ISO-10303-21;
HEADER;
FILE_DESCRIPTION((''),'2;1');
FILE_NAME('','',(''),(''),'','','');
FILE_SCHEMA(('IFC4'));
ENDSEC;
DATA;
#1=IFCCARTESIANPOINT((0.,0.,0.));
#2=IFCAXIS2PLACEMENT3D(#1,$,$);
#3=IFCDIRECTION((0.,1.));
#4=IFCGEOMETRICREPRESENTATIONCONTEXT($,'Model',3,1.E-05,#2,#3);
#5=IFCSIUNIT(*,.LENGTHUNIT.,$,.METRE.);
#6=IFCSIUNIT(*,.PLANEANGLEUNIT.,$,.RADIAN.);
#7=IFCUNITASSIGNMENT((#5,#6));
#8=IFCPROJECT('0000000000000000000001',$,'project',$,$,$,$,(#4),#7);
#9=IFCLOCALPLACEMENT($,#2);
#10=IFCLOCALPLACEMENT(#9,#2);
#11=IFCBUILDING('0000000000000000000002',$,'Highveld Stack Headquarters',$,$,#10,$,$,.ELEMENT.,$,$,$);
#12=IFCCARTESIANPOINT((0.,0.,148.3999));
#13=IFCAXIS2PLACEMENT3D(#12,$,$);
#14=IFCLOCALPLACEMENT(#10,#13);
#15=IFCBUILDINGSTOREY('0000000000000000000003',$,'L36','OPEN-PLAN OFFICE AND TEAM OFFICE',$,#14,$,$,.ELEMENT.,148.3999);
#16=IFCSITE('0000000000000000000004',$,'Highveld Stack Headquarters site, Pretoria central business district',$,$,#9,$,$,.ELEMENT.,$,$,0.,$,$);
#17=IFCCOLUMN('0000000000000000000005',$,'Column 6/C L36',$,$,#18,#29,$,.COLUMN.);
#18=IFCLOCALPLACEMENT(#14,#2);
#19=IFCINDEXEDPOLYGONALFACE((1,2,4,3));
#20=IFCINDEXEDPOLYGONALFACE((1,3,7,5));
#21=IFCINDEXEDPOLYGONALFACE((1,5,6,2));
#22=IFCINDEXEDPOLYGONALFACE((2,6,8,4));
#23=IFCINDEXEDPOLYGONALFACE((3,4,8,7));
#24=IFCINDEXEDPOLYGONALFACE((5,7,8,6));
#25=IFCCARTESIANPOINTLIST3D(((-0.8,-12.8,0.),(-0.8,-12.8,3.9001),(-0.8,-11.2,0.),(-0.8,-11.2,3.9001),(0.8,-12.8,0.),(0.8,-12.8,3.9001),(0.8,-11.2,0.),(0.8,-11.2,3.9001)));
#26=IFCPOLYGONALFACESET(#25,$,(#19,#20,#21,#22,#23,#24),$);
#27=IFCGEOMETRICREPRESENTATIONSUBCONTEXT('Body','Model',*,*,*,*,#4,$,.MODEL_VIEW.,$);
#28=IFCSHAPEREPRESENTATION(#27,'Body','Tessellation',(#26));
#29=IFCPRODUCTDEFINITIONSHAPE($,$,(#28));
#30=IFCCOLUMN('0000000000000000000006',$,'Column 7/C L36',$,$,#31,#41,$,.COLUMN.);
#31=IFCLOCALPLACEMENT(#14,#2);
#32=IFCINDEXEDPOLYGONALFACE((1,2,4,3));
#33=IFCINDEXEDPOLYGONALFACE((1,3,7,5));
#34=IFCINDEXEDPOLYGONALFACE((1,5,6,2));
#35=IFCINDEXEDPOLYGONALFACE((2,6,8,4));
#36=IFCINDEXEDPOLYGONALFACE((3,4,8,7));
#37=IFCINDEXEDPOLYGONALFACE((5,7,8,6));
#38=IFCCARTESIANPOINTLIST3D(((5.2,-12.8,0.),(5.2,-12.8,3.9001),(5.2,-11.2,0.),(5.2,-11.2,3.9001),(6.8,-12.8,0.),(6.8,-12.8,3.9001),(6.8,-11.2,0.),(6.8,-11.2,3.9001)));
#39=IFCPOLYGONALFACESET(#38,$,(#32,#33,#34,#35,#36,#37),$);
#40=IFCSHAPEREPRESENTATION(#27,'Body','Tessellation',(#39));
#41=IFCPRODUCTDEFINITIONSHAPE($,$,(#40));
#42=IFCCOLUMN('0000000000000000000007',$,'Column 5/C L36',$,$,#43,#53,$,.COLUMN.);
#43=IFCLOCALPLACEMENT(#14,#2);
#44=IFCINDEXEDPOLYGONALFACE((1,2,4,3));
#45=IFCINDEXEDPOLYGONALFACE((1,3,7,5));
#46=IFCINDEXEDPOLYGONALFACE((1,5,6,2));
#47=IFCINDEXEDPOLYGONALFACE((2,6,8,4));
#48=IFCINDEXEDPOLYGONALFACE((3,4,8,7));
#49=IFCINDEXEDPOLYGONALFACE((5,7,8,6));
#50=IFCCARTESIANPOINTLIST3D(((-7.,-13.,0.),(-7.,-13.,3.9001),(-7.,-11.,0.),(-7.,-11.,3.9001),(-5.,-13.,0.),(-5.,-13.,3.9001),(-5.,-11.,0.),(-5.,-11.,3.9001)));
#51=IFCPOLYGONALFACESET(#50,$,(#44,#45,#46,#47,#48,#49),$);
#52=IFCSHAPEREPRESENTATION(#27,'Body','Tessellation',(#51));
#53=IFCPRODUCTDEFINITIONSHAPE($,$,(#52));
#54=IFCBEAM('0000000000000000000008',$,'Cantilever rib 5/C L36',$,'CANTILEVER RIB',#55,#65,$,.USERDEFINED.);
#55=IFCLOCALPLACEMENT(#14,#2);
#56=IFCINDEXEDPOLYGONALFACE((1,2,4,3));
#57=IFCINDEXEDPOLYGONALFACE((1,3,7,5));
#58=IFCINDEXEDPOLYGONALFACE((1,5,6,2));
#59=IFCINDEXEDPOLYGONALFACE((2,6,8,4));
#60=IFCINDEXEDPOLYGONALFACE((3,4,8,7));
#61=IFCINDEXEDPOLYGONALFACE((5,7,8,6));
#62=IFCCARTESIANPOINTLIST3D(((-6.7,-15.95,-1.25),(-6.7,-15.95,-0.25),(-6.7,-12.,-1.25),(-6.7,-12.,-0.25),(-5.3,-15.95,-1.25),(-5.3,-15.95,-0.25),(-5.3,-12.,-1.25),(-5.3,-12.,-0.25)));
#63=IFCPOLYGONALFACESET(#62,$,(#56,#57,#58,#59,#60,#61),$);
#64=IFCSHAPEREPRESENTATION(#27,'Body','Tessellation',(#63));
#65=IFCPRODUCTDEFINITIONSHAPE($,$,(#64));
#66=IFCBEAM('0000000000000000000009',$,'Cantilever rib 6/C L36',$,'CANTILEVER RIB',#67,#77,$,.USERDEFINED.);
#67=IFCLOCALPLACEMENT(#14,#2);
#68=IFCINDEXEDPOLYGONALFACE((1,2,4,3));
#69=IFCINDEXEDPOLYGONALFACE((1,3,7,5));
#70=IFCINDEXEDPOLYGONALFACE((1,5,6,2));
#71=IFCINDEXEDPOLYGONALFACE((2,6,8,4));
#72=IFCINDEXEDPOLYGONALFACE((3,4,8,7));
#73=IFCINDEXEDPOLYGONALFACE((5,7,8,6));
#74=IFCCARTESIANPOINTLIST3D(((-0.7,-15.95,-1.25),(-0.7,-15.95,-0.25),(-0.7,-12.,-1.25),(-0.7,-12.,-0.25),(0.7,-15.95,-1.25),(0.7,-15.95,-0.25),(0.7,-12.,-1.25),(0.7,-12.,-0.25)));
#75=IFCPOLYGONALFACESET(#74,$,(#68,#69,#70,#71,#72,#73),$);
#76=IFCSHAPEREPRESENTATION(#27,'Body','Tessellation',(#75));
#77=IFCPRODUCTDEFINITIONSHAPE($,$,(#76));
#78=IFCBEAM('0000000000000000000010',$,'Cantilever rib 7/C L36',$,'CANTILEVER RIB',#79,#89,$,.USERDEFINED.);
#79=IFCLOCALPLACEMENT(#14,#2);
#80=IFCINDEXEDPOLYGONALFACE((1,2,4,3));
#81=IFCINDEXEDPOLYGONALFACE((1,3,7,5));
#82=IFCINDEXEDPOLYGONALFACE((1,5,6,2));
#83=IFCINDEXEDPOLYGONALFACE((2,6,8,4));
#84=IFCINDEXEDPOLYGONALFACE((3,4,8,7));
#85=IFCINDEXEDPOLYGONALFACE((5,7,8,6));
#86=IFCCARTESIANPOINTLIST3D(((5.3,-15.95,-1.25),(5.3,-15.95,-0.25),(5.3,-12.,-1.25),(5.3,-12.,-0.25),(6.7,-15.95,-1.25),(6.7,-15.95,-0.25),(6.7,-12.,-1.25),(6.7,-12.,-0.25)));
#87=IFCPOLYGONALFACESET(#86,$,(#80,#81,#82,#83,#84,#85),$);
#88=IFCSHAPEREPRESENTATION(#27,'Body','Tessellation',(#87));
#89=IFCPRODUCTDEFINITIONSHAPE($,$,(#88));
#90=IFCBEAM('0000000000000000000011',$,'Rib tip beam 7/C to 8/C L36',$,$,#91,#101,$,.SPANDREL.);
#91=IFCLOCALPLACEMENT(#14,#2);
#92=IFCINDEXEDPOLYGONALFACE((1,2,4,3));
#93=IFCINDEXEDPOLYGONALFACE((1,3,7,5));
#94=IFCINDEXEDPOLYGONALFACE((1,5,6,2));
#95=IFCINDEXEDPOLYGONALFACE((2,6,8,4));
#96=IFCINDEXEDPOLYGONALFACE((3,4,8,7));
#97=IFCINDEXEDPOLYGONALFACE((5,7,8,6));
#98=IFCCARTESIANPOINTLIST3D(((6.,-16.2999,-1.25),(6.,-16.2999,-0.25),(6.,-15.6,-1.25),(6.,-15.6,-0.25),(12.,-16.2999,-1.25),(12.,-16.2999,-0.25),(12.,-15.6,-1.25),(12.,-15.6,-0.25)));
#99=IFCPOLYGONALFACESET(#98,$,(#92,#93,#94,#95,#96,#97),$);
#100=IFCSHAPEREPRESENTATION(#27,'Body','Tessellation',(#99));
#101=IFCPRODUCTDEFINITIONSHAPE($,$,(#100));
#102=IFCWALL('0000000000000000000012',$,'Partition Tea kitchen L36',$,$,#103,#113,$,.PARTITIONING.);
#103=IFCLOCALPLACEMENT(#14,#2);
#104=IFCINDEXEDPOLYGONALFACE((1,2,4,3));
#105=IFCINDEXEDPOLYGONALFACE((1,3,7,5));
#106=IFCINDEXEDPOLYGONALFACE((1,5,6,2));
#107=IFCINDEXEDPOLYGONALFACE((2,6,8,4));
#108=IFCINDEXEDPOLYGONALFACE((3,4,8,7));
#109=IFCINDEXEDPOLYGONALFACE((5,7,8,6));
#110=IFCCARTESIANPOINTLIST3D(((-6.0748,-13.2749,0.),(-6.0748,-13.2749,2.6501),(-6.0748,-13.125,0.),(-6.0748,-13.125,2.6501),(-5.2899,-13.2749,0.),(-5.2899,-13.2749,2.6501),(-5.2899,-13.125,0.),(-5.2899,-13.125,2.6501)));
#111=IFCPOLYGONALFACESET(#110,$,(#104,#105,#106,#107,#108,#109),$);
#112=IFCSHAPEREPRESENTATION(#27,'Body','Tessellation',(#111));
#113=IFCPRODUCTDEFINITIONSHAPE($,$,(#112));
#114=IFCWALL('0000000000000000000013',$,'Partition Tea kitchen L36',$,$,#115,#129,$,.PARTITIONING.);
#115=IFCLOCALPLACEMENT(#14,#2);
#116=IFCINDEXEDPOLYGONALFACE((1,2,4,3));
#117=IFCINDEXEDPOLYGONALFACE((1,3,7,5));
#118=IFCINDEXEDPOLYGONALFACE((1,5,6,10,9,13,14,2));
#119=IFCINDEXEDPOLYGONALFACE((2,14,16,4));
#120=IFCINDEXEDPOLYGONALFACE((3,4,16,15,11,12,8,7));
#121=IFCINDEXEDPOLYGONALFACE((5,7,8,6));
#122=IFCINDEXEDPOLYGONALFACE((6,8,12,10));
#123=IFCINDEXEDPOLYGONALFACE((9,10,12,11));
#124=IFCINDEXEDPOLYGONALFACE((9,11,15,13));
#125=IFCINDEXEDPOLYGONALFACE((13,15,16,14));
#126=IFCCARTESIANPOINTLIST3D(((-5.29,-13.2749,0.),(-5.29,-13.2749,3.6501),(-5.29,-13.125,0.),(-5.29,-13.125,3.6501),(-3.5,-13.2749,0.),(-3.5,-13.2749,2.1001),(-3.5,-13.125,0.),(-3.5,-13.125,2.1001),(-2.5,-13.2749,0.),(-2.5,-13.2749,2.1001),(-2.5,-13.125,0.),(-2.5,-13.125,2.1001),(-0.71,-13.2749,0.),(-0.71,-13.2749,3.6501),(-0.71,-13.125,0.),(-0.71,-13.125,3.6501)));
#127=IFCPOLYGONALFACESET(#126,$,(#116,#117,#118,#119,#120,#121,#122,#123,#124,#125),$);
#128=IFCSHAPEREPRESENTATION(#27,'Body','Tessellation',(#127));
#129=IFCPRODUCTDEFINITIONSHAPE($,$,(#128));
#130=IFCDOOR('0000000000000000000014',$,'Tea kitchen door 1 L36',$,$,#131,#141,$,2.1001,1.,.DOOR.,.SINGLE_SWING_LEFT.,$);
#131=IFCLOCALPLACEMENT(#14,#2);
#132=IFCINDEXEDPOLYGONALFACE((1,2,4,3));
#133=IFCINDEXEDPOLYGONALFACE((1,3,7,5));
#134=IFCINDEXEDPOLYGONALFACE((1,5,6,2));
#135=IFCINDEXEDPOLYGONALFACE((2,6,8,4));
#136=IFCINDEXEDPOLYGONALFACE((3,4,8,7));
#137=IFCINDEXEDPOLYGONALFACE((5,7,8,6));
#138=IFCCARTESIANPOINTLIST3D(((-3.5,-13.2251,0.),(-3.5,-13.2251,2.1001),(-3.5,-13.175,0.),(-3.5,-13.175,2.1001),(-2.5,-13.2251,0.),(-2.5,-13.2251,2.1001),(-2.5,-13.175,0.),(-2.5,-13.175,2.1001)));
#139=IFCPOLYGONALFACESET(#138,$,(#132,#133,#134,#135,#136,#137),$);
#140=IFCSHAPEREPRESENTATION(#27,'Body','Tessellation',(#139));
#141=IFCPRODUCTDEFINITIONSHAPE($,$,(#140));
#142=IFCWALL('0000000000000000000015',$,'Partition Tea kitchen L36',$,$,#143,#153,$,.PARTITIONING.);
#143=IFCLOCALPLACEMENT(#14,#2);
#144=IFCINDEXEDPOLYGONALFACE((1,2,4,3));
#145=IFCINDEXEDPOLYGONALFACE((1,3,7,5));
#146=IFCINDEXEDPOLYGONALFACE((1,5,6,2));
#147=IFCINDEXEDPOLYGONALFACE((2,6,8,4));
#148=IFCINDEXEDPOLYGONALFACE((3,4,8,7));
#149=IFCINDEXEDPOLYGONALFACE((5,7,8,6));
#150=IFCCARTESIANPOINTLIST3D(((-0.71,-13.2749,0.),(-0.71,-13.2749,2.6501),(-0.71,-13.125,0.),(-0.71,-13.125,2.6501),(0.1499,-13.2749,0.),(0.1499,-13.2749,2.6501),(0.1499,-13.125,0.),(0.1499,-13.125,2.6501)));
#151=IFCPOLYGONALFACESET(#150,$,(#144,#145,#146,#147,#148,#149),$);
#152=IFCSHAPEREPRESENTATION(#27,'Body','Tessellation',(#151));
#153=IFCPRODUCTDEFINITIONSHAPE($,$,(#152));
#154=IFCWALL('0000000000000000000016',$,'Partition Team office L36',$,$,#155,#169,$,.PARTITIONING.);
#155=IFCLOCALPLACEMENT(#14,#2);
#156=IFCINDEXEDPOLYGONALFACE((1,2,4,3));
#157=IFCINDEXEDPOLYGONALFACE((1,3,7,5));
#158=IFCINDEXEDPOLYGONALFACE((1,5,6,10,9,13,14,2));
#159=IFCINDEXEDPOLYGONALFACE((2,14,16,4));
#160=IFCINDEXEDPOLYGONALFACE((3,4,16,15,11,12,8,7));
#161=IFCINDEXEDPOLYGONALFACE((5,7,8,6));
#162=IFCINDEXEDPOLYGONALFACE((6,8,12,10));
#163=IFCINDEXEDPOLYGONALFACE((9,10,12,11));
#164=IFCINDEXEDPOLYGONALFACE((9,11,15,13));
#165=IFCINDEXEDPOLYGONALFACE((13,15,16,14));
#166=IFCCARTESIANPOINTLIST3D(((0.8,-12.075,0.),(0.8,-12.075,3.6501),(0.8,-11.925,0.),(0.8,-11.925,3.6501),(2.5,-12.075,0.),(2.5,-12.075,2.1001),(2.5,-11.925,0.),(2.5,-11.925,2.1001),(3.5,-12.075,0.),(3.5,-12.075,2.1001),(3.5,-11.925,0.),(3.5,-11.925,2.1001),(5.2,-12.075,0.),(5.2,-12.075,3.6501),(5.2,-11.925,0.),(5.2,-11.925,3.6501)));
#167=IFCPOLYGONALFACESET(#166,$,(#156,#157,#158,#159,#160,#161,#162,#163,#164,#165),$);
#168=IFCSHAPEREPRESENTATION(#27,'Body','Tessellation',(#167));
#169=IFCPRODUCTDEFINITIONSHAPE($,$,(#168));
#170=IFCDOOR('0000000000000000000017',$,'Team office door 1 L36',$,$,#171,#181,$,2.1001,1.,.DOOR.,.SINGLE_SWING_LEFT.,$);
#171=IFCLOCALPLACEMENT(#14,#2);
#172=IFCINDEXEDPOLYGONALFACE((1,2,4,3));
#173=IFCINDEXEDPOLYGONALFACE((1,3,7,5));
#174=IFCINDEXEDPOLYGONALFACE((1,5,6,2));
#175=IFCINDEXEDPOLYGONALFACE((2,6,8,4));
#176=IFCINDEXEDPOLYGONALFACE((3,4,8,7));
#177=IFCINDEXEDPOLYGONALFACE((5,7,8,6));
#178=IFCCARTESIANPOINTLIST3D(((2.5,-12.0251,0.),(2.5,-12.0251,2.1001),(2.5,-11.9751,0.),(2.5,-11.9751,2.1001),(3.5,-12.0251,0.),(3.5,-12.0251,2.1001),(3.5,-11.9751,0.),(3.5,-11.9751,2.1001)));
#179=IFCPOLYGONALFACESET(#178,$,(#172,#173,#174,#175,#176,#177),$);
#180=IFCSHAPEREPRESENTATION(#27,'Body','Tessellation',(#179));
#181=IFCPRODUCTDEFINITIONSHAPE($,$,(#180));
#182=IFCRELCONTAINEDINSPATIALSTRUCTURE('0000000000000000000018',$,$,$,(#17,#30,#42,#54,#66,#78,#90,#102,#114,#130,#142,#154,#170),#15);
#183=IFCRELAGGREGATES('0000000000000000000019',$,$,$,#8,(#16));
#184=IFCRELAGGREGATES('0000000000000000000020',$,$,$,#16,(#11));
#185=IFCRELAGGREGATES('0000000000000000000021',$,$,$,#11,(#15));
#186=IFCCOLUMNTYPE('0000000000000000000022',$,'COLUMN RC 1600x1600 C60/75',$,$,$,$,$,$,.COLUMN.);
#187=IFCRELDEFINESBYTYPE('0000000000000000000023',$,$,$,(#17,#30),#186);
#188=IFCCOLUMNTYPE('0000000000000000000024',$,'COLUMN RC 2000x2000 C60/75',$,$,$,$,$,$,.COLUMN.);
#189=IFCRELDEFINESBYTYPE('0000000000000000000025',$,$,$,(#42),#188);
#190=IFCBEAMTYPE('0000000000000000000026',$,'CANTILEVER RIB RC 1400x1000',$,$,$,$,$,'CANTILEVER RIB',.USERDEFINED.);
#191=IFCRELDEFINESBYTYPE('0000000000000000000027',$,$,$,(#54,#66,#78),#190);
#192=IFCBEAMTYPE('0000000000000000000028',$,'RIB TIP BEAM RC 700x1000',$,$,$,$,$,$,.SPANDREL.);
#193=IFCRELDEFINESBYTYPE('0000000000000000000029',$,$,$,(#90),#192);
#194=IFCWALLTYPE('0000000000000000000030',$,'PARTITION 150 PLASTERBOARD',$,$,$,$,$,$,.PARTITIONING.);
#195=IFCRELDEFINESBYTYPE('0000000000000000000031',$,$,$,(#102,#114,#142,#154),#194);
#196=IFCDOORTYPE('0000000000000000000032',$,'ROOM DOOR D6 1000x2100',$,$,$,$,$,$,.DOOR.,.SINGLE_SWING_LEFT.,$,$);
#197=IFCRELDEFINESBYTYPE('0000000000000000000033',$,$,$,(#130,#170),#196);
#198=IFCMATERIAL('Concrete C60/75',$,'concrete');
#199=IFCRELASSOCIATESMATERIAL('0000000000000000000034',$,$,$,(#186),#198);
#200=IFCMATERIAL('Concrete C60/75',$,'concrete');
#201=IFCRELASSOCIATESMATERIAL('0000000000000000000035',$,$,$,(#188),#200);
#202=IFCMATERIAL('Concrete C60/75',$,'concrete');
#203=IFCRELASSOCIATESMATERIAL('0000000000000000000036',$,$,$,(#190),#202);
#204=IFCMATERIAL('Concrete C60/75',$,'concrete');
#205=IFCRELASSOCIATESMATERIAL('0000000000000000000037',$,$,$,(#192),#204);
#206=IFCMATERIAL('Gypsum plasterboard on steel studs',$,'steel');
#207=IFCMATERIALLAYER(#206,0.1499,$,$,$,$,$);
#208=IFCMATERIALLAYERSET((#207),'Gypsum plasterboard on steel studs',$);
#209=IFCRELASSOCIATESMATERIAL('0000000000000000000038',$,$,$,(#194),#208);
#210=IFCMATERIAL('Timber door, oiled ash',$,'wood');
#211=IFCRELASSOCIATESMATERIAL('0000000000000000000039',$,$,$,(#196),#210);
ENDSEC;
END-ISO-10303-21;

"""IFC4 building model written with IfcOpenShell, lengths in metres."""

from ifc_helpers import new_model, si_unit, direction, frame, frame_2d, origin, origin_2d, place, context, subcontext, project, spatial, rectangle, extrude, material, layer, layer_set, material_profile, profile_set, type_object, element, fill, save


model = new_model("IFC4")

# Units and contexts
model_context = context("Model", 3, precision=1e-05, world=origin(), true_north=direction((0.0, 1.0)))
body_context = subcontext(model_context, "Body", "Model", "MODEL_VIEW")
ifc_project = project(units=[si_unit("LENGTHUNIT", "METRE"), si_unit("PLANEANGLEUNIT", "RADIAN")], contexts=[model_context])

# Site, building, storey
site_placement = place(None, origin())
site = spatial("IfcSite", under=ifc_project, at=site_placement, Name="Highveld Stack Headquarters site, Pretoria central business district", CompositionType="ELEMENT", RefElevation=0.0)
building_placement = place(site_placement, origin())
building = spatial("IfcBuilding", under=site, at=building_placement, Name="Highveld Stack Headquarters", CompositionType="ELEMENT")
storey_placement = place(building_placement, frame((0.0, 0.0, 148.3999)))
storey = spatial("IfcBuildingStorey", under=building, at=storey_placement, Name="L36", Description="OPEN-PLAN OFFICE AND TEAM OFFICE", CompositionType="ELEMENT", Elevation=148.3999)

# Columns
ifc_material_1 = material(Name="Concrete C60/75", Category="concrete")
ifc_material_profile_1 = material_profile(ifc_material_1, rectangle(XDim=1.6001, YDim=1.6001, at=origin_2d()), Name="RC 1600x1600")
ifc_profile_set_1 = profile_set([ifc_material_profile_1], Name="Concrete C60/75")
column_type_1 = type_object("IfcColumnType", Name="COLUMN RC 1600x1600 C60/75", PredefinedType="COLUMN", material=ifc_profile_set_1)
for number, where, z_axis, x_axis, name in (
    (1, (0.0, -12.0, 0.0), (0.0, 0.0, 1.0), (1.0, 0.0, 0.0), "Column 6/C L36"),
    (2, (6.0, -12.0, 0.0), (0.0, 0.0, 1.0), (1.0, 0.0, 0.0), "Column 7/C L36"),
):
    element("IfcColumn", number, at=place(storey_placement, frame(where, z_axis=z_axis, x_axis=x_axis)), inside=storey, type_object=column_type_1, Name=name, PredefinedType="COLUMN", context=body_context, shape_type="SweptSolid", body=[
        extrude(rectangle(XDim=1.6001, YDim=1.6001, at=origin_2d()), origin(), (0.0, 0.0, 1.0), 3.9001),
    ])
ifc_material_2 = material(Name="Concrete C60/75", Category="concrete")
ifc_material_profile_2 = material_profile(ifc_material_2, rectangle(XDim=2.0, YDim=2.0, at=origin_2d()), Name="RC 2000x2000")
ifc_profile_set_2 = profile_set([ifc_material_profile_2], Name="Concrete C60/75")
column_type_2 = type_object("IfcColumnType", Name="COLUMN RC 2000x2000 C60/75", PredefinedType="COLUMN", material=ifc_profile_set_2)
column_placement = place(storey_placement, frame((-6.0, -12.0, 0.0), z_axis=(0.0, 0.0, 1.0), x_axis=(1.0, 0.0, 0.0)))
element("IfcColumn", 3, at=column_placement, inside=storey, type_object=column_type_2, Name="Column 5/C L36", PredefinedType="COLUMN", context=body_context, shape_type="SweptSolid", body=[
    extrude(rectangle(XDim=2.0, YDim=2.0, at=origin_2d()), origin(), (0.0, 0.0, 1.0), 3.9001),
])

# Beams
ifc_material_3 = material(Name="Concrete C60/75", Category="concrete")
ifc_material_profile_3 = material_profile(ifc_material_3, rectangle(XDim=1.3999, YDim=1.0, at=origin_2d()), Name="RC 1400x1000")
ifc_profile_set_3 = profile_set([ifc_material_profile_3], Name="Concrete C60/75")
beam_type_1 = type_object("IfcBeamType", Name="CANTILEVER RIB RC 1400x1000", ElementType="CANTILEVER RIB", PredefinedType="USERDEFINED", material=ifc_profile_set_3)
for number, where, z_axis, x_axis, name in (
    (4, (-6.0, -12.0, -0.75), (0.0, -1.0, 0.0), (1.0, 0.0, 0.0), "Cantilever rib 5/C L36"),
    (5, (0.0, -12.0, -0.75), (0.0, -1.0, 0.0), (1.0, 0.0, 0.0), "Cantilever rib 6/C L36"),
    (6, (6.0, -12.0, -0.75), (0.0, -1.0, 0.0), (1.0, 0.0, 0.0), "Cantilever rib 7/C L36"),
):
    element("IfcBeam", number, at=place(storey_placement, frame(where, z_axis=z_axis, x_axis=x_axis)), inside=storey, type_object=beam_type_1, Name=name, ObjectType="CANTILEVER RIB", PredefinedType="USERDEFINED", context=body_context, shape_type="SweptSolid", body=[
        extrude(rectangle(XDim=1.3999, YDim=1.0, at=origin_2d()), origin(), (0.0, 0.0, 1.0), 3.95),
    ])
ifc_material_4 = material(Name="Concrete C60/75", Category="concrete")
ifc_material_profile_4 = material_profile(ifc_material_4, rectangle(XDim=0.7, YDim=1.0, at=origin_2d()), Name="RC 700x1000")
ifc_profile_set_4 = profile_set([ifc_material_profile_4], Name="Concrete C60/75")
beam_type_2 = type_object("IfcBeamType", Name="RIB TIP BEAM RC 700x1000", PredefinedType="SPANDREL", material=ifc_profile_set_4)
beam_placement = place(storey_placement, frame((6.0, -15.95, -0.75), z_axis=(1.0, 0.0, 0.0), x_axis=(0.0, 1.0, 0.0)))
element("IfcBeam", 7, at=beam_placement, inside=storey, type_object=beam_type_2, Name="Rib tip beam 7/C to 8/C L36", PredefinedType="SPANDREL", context=body_context, shape_type="SweptSolid", body=[
    extrude(rectangle(XDim=0.7, YDim=1.0, at=origin_2d()), origin(), (0.0, 0.0, 1.0), 6.0),
])

# Wall
ifc_material_5 = material(Name="Gypsum plasterboard on steel studs", Category="steel")
ifc_layer = layer(ifc_material_5, 0.1499)
ifc_layer_set = layer_set([ifc_layer], Name="Gypsum plasterboard on steel studs")
wall_type = type_object("IfcWallType", Name="PARTITION 150 PLASTERBOARD", PredefinedType="PARTITIONING", material=ifc_layer_set)
wall_1_placement = place(storey_placement, frame((-6.075, -13.2, 0.0), z_axis=(0.0, 0.0, 1.0), x_axis=(1.0, 0.0, 0.0)))
element("IfcWall", 8, at=wall_1_placement, inside=storey, type_object=wall_type, Name="Partition Tea kitchen L36", PredefinedType="PARTITIONING", context=body_context, shape_type="SweptSolid", body=[
    extrude(rectangle(XDim=0.7849, YDim=0.1499, at=frame_2d((0.3926, 0.0))), origin(), (0.0, 0.0, 1.0), 2.6501),
])

# Wall, opening, door
wall_2_placement = place(storey_placement, frame((-5.29, -13.2, 0.0), z_axis=(0.0, 0.0, 1.0), x_axis=(1.0, 0.0, 0.0)))
wall_2 = element("IfcWall", 9, at=wall_2_placement, inside=storey, type_object=wall_type, Name="Partition Tea kitchen L36", PredefinedType="PARTITIONING", context=body_context, shape_type="SweptSolid", body=[
    extrude(rectangle(XDim=4.5801, YDim=0.1499, at=frame_2d((2.29, 0.0))), origin(), (0.0, 0.0, 1.0), 3.6501),
])
opening_1_placement = place(wall_2_placement, frame((1.79, 0.0, 0.0)))
opening_1 = element("IfcOpeningElement", 10, at=opening_1_placement, cuts=wall_2, PredefinedType="OPENING", context=body_context, shape_type="SweptSolid", body=[
    extrude(rectangle(XDim=1.0, YDim=2.1001, at=frame_2d((0.5, 1.05))), frame((0.0, 0.085, 0.0), z_axis=(0.0, -1.0, 0.0), x_axis=(1.0, 0.0, 0.0)), (0.0, 0.0, 1.0), 0.1699),
])
ifc_material_6 = material(Name="Timber door, oiled ash", Category="wood")
door_type = type_object("IfcDoorType", Name="ROOM DOOR D6 1000x2100", OperationType="SINGLE_SWING_LEFT", PredefinedType="DOOR", material=ifc_material_6)
door_1_placement = place(opening_1_placement, origin())
door_1 = element("IfcDoor", 11, at=door_1_placement, inside=storey, type_object=door_type, Name="Tea kitchen door 1 L36", OperationType="SINGLE_SWING_LEFT", OverallHeight=2.1001, OverallWidth=1.0, PredefinedType="DOOR", context=body_context, shape_type="SweptSolid", body=[
    extrude(rectangle(XDim=1.0, YDim=2.1001, at=frame_2d((0.5, 1.05))), frame((0.0, 0.0249, 0.0), z_axis=(0.0, -1.0, 0.0), x_axis=(1.0, 0.0, 0.0)), (0.0, 0.0, 1.0), 0.05),
])
fill(opening_1, door_1)

# Wall
wall_3_placement = place(storey_placement, frame((-0.71, -13.2, 0.0), z_axis=(0.0, 0.0, 1.0), x_axis=(1.0, 0.0, 0.0)))
element("IfcWall", 12, at=wall_3_placement, inside=storey, type_object=wall_type, Name="Partition Tea kitchen L36", PredefinedType="PARTITIONING", context=body_context, shape_type="SweptSolid", body=[
    extrude(rectangle(XDim=0.8599, YDim=0.1499, at=frame_2d((0.4299, 0.0))), origin(), (0.0, 0.0, 1.0), 2.6501),
])

# Wall, opening, door
wall_4_placement = place(storey_placement, frame((0.8, -12.0, 0.0), z_axis=(0.0, 0.0, 1.0), x_axis=(1.0, 0.0, 0.0)))
wall_4 = element("IfcWall", 13, at=wall_4_placement, inside=storey, type_object=wall_type, Name="Partition Team office L36", PredefinedType="PARTITIONING", context=body_context, shape_type="SweptSolid", body=[
    extrude(rectangle(XDim=4.3999, YDim=0.1499, at=frame_2d((2.2, 0.0))), origin(), (0.0, 0.0, 1.0), 3.6501),
])
opening_2_placement = place(wall_4_placement, frame((1.7, 0.0, 0.0)))
opening_2 = element("IfcOpeningElement", 14, at=opening_2_placement, cuts=wall_4, PredefinedType="OPENING", context=body_context, shape_type="SweptSolid", body=[
    extrude(rectangle(XDim=1.0, YDim=2.1001, at=frame_2d((0.5, 1.05))), frame((0.0, 0.085, 0.0), z_axis=(0.0, -1.0, 0.0), x_axis=(1.0, 0.0, 0.0)), (0.0, 0.0, 1.0), 0.1699),
])
door_2_placement = place(opening_2_placement, origin())
door_2 = element("IfcDoor", 15, at=door_2_placement, inside=storey, type_object=door_type, Name="Team office door 1 L36", OperationType="SINGLE_SWING_LEFT", OverallHeight=2.1001, OverallWidth=1.0, PredefinedType="DOOR", context=body_context, shape_type="SweptSolid", body=[
    extrude(rectangle(XDim=1.0, YDim=2.1001, at=frame_2d((0.5, 1.05))), frame((0.0, 0.0249, 0.0), z_axis=(0.0, -1.0, 0.0), x_axis=(1.0, 0.0, 0.0)), (0.0, 0.0, 1.0), 0.05),
])
fill(opening_2, door_2)

save(model, "model.ifc")
